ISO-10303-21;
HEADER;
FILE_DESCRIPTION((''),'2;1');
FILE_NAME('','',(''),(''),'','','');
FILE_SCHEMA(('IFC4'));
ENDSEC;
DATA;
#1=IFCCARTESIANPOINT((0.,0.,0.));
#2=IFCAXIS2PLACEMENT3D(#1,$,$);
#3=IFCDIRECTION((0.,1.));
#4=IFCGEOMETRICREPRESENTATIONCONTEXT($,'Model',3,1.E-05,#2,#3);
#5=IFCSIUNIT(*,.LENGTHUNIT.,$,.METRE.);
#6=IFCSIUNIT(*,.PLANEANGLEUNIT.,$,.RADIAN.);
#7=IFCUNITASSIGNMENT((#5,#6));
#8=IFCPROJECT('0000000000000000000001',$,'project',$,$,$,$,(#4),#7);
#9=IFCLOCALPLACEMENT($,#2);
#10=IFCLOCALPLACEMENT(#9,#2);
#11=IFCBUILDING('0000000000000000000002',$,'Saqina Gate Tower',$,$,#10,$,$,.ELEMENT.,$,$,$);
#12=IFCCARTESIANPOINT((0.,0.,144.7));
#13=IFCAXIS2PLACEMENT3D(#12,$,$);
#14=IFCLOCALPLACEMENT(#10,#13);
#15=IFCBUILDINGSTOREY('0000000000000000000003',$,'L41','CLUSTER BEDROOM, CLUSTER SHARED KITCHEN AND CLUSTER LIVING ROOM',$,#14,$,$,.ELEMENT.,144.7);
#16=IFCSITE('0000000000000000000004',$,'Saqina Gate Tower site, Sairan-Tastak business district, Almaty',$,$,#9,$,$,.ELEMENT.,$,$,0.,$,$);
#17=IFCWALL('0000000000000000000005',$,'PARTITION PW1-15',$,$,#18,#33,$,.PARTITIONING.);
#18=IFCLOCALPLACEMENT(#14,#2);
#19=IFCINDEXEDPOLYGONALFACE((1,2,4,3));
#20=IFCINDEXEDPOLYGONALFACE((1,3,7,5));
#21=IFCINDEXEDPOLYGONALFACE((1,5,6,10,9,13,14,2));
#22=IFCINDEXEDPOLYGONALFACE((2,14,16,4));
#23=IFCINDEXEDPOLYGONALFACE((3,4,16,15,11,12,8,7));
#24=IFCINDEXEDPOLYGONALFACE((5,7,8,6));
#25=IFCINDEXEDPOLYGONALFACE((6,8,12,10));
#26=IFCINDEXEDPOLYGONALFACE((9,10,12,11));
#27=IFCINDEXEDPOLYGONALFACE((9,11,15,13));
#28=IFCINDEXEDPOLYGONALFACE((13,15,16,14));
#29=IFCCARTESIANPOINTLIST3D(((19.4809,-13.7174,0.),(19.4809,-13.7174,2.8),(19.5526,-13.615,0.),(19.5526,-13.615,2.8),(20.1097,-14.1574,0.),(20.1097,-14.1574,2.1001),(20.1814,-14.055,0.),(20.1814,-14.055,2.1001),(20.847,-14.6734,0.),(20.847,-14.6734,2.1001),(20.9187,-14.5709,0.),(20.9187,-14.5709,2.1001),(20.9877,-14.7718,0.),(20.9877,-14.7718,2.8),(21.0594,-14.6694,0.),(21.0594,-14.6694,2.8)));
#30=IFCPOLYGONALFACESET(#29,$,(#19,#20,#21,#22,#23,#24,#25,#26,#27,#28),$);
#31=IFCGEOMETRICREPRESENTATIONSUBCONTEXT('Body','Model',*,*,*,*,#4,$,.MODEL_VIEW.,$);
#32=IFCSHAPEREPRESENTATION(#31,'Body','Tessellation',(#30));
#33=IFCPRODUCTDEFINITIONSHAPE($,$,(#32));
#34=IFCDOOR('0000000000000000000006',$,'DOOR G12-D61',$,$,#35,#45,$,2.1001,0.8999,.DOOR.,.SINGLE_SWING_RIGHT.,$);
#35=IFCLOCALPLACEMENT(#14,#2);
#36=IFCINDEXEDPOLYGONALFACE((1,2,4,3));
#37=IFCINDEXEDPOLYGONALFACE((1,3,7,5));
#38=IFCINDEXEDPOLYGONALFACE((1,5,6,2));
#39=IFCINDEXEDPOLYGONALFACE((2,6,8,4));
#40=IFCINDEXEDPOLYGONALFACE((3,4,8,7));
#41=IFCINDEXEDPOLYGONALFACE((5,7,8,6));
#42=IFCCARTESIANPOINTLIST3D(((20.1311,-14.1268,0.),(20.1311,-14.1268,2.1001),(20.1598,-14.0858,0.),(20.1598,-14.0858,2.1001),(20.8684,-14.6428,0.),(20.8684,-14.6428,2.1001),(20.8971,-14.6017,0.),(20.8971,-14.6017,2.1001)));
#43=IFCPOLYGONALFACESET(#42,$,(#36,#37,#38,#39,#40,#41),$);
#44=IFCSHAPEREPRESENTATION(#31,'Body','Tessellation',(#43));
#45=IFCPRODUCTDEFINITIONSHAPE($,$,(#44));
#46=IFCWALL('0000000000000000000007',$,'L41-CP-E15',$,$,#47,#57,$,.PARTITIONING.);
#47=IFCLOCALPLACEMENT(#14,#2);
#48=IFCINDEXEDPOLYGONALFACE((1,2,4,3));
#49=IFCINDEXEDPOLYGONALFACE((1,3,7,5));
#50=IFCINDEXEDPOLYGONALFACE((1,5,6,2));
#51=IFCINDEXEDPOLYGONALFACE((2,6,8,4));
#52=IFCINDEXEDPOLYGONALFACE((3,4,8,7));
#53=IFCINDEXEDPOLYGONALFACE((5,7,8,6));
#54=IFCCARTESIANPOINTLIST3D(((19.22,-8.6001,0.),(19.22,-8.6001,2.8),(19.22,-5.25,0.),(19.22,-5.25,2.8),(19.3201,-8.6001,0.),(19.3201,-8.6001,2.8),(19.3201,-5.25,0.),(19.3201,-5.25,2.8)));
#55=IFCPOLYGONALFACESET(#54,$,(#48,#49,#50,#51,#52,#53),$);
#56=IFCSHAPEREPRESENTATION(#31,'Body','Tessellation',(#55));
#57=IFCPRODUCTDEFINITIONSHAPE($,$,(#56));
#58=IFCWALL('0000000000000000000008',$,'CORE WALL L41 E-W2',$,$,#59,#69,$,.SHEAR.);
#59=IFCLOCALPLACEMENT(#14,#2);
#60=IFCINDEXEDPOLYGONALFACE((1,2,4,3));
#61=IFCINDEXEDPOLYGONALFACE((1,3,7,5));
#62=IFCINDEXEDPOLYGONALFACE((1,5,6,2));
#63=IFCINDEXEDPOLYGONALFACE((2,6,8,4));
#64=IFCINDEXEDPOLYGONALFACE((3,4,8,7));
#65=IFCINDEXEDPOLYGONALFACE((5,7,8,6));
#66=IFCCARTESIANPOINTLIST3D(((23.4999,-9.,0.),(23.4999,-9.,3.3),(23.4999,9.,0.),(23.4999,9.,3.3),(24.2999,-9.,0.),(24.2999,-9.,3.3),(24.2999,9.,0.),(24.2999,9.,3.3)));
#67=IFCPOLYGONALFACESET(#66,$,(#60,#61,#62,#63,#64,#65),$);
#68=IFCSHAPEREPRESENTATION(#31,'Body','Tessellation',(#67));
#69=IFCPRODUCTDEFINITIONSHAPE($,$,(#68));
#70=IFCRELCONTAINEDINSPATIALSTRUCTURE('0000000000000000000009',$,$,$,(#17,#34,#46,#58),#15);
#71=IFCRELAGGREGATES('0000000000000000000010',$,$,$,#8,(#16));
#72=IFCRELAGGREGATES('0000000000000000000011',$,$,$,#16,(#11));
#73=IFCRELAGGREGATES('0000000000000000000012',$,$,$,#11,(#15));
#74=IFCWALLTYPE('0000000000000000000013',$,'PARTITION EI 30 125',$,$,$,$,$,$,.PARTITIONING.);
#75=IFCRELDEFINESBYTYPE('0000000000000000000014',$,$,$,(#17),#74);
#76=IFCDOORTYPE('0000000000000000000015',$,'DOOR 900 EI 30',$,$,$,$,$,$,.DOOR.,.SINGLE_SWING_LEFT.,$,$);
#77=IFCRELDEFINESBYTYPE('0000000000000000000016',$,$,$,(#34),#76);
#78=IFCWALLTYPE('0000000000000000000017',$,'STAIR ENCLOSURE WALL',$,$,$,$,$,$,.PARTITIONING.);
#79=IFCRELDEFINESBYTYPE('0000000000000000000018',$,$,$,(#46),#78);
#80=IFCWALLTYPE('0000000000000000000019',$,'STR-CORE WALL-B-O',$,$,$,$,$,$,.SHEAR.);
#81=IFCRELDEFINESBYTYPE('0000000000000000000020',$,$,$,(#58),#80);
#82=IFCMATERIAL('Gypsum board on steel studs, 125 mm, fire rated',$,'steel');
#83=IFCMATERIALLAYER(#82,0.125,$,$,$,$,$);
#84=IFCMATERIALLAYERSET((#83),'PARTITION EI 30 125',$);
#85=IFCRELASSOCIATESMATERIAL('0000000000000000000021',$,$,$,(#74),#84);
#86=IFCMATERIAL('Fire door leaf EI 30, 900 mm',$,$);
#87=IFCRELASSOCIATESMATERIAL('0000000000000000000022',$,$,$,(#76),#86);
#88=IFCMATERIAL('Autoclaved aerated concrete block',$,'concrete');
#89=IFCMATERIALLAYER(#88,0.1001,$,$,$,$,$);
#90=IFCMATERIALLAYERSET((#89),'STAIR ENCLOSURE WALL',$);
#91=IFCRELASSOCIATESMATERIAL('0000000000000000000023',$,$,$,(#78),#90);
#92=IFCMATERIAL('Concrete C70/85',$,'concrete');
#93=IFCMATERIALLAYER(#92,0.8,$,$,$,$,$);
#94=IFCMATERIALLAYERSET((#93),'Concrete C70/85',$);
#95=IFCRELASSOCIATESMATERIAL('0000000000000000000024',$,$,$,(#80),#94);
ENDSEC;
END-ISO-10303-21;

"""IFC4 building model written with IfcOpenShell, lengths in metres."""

from ifc_helpers import new_model, si_unit, direction, frame, frame_2d, origin, place, context, subcontext, project, spatial, rectangle, extrude, material, layer, layer_set, type_object, element, fill, save


model = new_model("IFC4")

# Units and contexts
model_context = context("Model", 3, precision=1e-05, world=origin(), true_north=direction((0.0, 1.0)))
body_context = subcontext(model_context, "Body", "Model", "MODEL_VIEW")
ifc_project = project(units=[si_unit("LENGTHUNIT", "METRE"), si_unit("PLANEANGLEUNIT", "RADIAN")], contexts=[model_context])

# Site, building, storey
site_placement = place(None, origin())
site = spatial("IfcSite", under=ifc_project, at=site_placement, Name="Saqina Gate Tower site, Sairan-Tastak business district, Almaty", CompositionType="ELEMENT", RefElevation=0.0)
building_placement = place(site_placement, origin())
building = spatial("IfcBuilding", under=site, at=building_placement, Name="Saqina Gate Tower", CompositionType="ELEMENT")
storey_placement = place(building_placement, frame((0.0, 0.0, 144.7)))
storey = spatial("IfcBuildingStorey", under=building, at=storey_placement, Name="L41", Description="CLUSTER BEDROOM, CLUSTER SHARED KITCHEN AND CLUSTER LIVING ROOM", CompositionType="ELEMENT", Elevation=144.7)

# Wall, opening, door
ifc_material_1 = material(Name="Gypsum board on steel studs, 125 mm, fire rated", Category="steel")
ifc_layer_1 = layer(ifc_material_1, 0.125)
ifc_layer_set_1 = layer_set([ifc_layer_1], Name="PARTITION EI 30 125")
wall_type_1 = type_object("IfcWallType", Name="PARTITION EI 30 125", PredefinedType="PARTITIONING", material=ifc_layer_set_1)
wall_1_placement = place(storey_placement, frame((19.5168, -13.6663, 0.0), z_axis=(0.0, 0.0, 1.0), x_axis=(0.819319, -0.573338, 0.0)))
wall_1 = element("IfcWall", 1, at=wall_1_placement, inside=storey, type_object=wall_type_1, Name="PARTITION PW1-15", PredefinedType="PARTITIONING", context=body_context, shape_type="SweptSolid", body=[
    extrude(rectangle(XDim=1.8391, YDim=0.125, at=frame_2d((0.9194, 0.0))), origin(), (0.0, 0.0, 1.0), 2.8),
])
opening_1_placement = place(wall_1_placement, frame((0.7673, 0.0, 0.0)))
opening_1 = element("IfcOpeningElement", 2, at=opening_1_placement, cuts=wall_1, PredefinedType="OPENING", context=body_context, shape_type="SweptSolid", body=[
    extrude(rectangle(XDim=0.8999, YDim=2.1001, at=frame_2d((0.45, 1.05))), frame((0.0, 0.0745, 0.0), z_axis=(0.0, -1.0, 0.0), x_axis=(1.0, 0.0, 0.0)), (0.0, 0.0, 1.0), 0.1489),
])
ifc_material_2 = material(Name="Fire door leaf EI 30, 900 mm")
door_type_1 = type_object("IfcDoorType", Name="DOOR 900 EI 30", OperationType="SINGLE_SWING_LEFT", PredefinedType="DOOR", material=ifc_material_2)
door_1_placement = place(opening_1_placement, origin())
door_1 = element("IfcDoor", 3, at=door_1_placement, inside=storey, type_object=door_type_1, Name="DOOR G12-D61", OperationType="SINGLE_SWING_RIGHT", OverallHeight=2.1001, OverallWidth=0.8999, PredefinedType="DOOR", context=body_context, shape_type="SweptSolid", body=[
    extrude(rectangle(XDim=0.8999, YDim=2.1001, at=frame_2d((0.45, 1.05))), frame((0.0, 0.0249, 0.0), z_axis=(0.0, -1.0, 0.0), x_axis=(1.0, 0.0, 0.0)), (0.0, 0.0, 1.0), 0.05),
])
fill(opening_1, door_1)

# Walls
ifc_material_3 = material(Name="Autoclaved aerated concrete block", Category="concrete")
ifc_layer_2 = layer(ifc_material_3, 0.1001)
ifc_layer_set_2 = layer_set([ifc_layer_2], Name="STAIR ENCLOSURE WALL")
wall_type_2 = type_object("IfcWallType", Name="STAIR ENCLOSURE WALL", PredefinedType="PARTITIONING", material=ifc_layer_set_2)
wall_2_placement = place(storey_placement, frame((19.27, -8.6001, 0.0), z_axis=(0.0, 0.0, 1.0), x_axis=(0.0, 1.0, 0.0)))
element("IfcWall", 4, at=wall_2_placement, inside=storey, type_object=wall_type_2, Name="L41-CP-E15", PredefinedType="PARTITIONING", context=body_context, shape_type="SweptSolid", body=[
    extrude(rectangle(XDim=3.3501, YDim=0.1001, at=frame_2d((1.675, 0.0))), origin(), (0.0, 0.0, 1.0), 2.8),
])
ifc_material_4 = material(Name="Concrete C70/85", Category="concrete")
ifc_layer_3 = layer(ifc_material_4, 0.8)
ifc_layer_set_3 = layer_set([ifc_layer_3], Name="Concrete C70/85")
wall_type_3 = type_object("IfcWallType", Name="STR-CORE WALL-B-O", PredefinedType="SHEAR", material=ifc_layer_set_3)
wall_3_placement = place(storey_placement, frame((23.8999, -9.0, 0.0), z_axis=(0.0, 0.0, 1.0), x_axis=(0.0, 1.0, 0.0)))
element("IfcWall", 5, at=wall_3_placement, inside=storey, type_object=wall_type_3, Name="CORE WALL L41 E-W2", PredefinedType="SHEAR", context=body_context, shape_type="SweptSolid", body=[
    extrude(rectangle(XDim=18.0, YDim=0.8, at=frame_2d((9.0, 0.0))), origin(), (0.0, 0.0, 1.0), 3.3),
])

save(model, "model.ifc")
